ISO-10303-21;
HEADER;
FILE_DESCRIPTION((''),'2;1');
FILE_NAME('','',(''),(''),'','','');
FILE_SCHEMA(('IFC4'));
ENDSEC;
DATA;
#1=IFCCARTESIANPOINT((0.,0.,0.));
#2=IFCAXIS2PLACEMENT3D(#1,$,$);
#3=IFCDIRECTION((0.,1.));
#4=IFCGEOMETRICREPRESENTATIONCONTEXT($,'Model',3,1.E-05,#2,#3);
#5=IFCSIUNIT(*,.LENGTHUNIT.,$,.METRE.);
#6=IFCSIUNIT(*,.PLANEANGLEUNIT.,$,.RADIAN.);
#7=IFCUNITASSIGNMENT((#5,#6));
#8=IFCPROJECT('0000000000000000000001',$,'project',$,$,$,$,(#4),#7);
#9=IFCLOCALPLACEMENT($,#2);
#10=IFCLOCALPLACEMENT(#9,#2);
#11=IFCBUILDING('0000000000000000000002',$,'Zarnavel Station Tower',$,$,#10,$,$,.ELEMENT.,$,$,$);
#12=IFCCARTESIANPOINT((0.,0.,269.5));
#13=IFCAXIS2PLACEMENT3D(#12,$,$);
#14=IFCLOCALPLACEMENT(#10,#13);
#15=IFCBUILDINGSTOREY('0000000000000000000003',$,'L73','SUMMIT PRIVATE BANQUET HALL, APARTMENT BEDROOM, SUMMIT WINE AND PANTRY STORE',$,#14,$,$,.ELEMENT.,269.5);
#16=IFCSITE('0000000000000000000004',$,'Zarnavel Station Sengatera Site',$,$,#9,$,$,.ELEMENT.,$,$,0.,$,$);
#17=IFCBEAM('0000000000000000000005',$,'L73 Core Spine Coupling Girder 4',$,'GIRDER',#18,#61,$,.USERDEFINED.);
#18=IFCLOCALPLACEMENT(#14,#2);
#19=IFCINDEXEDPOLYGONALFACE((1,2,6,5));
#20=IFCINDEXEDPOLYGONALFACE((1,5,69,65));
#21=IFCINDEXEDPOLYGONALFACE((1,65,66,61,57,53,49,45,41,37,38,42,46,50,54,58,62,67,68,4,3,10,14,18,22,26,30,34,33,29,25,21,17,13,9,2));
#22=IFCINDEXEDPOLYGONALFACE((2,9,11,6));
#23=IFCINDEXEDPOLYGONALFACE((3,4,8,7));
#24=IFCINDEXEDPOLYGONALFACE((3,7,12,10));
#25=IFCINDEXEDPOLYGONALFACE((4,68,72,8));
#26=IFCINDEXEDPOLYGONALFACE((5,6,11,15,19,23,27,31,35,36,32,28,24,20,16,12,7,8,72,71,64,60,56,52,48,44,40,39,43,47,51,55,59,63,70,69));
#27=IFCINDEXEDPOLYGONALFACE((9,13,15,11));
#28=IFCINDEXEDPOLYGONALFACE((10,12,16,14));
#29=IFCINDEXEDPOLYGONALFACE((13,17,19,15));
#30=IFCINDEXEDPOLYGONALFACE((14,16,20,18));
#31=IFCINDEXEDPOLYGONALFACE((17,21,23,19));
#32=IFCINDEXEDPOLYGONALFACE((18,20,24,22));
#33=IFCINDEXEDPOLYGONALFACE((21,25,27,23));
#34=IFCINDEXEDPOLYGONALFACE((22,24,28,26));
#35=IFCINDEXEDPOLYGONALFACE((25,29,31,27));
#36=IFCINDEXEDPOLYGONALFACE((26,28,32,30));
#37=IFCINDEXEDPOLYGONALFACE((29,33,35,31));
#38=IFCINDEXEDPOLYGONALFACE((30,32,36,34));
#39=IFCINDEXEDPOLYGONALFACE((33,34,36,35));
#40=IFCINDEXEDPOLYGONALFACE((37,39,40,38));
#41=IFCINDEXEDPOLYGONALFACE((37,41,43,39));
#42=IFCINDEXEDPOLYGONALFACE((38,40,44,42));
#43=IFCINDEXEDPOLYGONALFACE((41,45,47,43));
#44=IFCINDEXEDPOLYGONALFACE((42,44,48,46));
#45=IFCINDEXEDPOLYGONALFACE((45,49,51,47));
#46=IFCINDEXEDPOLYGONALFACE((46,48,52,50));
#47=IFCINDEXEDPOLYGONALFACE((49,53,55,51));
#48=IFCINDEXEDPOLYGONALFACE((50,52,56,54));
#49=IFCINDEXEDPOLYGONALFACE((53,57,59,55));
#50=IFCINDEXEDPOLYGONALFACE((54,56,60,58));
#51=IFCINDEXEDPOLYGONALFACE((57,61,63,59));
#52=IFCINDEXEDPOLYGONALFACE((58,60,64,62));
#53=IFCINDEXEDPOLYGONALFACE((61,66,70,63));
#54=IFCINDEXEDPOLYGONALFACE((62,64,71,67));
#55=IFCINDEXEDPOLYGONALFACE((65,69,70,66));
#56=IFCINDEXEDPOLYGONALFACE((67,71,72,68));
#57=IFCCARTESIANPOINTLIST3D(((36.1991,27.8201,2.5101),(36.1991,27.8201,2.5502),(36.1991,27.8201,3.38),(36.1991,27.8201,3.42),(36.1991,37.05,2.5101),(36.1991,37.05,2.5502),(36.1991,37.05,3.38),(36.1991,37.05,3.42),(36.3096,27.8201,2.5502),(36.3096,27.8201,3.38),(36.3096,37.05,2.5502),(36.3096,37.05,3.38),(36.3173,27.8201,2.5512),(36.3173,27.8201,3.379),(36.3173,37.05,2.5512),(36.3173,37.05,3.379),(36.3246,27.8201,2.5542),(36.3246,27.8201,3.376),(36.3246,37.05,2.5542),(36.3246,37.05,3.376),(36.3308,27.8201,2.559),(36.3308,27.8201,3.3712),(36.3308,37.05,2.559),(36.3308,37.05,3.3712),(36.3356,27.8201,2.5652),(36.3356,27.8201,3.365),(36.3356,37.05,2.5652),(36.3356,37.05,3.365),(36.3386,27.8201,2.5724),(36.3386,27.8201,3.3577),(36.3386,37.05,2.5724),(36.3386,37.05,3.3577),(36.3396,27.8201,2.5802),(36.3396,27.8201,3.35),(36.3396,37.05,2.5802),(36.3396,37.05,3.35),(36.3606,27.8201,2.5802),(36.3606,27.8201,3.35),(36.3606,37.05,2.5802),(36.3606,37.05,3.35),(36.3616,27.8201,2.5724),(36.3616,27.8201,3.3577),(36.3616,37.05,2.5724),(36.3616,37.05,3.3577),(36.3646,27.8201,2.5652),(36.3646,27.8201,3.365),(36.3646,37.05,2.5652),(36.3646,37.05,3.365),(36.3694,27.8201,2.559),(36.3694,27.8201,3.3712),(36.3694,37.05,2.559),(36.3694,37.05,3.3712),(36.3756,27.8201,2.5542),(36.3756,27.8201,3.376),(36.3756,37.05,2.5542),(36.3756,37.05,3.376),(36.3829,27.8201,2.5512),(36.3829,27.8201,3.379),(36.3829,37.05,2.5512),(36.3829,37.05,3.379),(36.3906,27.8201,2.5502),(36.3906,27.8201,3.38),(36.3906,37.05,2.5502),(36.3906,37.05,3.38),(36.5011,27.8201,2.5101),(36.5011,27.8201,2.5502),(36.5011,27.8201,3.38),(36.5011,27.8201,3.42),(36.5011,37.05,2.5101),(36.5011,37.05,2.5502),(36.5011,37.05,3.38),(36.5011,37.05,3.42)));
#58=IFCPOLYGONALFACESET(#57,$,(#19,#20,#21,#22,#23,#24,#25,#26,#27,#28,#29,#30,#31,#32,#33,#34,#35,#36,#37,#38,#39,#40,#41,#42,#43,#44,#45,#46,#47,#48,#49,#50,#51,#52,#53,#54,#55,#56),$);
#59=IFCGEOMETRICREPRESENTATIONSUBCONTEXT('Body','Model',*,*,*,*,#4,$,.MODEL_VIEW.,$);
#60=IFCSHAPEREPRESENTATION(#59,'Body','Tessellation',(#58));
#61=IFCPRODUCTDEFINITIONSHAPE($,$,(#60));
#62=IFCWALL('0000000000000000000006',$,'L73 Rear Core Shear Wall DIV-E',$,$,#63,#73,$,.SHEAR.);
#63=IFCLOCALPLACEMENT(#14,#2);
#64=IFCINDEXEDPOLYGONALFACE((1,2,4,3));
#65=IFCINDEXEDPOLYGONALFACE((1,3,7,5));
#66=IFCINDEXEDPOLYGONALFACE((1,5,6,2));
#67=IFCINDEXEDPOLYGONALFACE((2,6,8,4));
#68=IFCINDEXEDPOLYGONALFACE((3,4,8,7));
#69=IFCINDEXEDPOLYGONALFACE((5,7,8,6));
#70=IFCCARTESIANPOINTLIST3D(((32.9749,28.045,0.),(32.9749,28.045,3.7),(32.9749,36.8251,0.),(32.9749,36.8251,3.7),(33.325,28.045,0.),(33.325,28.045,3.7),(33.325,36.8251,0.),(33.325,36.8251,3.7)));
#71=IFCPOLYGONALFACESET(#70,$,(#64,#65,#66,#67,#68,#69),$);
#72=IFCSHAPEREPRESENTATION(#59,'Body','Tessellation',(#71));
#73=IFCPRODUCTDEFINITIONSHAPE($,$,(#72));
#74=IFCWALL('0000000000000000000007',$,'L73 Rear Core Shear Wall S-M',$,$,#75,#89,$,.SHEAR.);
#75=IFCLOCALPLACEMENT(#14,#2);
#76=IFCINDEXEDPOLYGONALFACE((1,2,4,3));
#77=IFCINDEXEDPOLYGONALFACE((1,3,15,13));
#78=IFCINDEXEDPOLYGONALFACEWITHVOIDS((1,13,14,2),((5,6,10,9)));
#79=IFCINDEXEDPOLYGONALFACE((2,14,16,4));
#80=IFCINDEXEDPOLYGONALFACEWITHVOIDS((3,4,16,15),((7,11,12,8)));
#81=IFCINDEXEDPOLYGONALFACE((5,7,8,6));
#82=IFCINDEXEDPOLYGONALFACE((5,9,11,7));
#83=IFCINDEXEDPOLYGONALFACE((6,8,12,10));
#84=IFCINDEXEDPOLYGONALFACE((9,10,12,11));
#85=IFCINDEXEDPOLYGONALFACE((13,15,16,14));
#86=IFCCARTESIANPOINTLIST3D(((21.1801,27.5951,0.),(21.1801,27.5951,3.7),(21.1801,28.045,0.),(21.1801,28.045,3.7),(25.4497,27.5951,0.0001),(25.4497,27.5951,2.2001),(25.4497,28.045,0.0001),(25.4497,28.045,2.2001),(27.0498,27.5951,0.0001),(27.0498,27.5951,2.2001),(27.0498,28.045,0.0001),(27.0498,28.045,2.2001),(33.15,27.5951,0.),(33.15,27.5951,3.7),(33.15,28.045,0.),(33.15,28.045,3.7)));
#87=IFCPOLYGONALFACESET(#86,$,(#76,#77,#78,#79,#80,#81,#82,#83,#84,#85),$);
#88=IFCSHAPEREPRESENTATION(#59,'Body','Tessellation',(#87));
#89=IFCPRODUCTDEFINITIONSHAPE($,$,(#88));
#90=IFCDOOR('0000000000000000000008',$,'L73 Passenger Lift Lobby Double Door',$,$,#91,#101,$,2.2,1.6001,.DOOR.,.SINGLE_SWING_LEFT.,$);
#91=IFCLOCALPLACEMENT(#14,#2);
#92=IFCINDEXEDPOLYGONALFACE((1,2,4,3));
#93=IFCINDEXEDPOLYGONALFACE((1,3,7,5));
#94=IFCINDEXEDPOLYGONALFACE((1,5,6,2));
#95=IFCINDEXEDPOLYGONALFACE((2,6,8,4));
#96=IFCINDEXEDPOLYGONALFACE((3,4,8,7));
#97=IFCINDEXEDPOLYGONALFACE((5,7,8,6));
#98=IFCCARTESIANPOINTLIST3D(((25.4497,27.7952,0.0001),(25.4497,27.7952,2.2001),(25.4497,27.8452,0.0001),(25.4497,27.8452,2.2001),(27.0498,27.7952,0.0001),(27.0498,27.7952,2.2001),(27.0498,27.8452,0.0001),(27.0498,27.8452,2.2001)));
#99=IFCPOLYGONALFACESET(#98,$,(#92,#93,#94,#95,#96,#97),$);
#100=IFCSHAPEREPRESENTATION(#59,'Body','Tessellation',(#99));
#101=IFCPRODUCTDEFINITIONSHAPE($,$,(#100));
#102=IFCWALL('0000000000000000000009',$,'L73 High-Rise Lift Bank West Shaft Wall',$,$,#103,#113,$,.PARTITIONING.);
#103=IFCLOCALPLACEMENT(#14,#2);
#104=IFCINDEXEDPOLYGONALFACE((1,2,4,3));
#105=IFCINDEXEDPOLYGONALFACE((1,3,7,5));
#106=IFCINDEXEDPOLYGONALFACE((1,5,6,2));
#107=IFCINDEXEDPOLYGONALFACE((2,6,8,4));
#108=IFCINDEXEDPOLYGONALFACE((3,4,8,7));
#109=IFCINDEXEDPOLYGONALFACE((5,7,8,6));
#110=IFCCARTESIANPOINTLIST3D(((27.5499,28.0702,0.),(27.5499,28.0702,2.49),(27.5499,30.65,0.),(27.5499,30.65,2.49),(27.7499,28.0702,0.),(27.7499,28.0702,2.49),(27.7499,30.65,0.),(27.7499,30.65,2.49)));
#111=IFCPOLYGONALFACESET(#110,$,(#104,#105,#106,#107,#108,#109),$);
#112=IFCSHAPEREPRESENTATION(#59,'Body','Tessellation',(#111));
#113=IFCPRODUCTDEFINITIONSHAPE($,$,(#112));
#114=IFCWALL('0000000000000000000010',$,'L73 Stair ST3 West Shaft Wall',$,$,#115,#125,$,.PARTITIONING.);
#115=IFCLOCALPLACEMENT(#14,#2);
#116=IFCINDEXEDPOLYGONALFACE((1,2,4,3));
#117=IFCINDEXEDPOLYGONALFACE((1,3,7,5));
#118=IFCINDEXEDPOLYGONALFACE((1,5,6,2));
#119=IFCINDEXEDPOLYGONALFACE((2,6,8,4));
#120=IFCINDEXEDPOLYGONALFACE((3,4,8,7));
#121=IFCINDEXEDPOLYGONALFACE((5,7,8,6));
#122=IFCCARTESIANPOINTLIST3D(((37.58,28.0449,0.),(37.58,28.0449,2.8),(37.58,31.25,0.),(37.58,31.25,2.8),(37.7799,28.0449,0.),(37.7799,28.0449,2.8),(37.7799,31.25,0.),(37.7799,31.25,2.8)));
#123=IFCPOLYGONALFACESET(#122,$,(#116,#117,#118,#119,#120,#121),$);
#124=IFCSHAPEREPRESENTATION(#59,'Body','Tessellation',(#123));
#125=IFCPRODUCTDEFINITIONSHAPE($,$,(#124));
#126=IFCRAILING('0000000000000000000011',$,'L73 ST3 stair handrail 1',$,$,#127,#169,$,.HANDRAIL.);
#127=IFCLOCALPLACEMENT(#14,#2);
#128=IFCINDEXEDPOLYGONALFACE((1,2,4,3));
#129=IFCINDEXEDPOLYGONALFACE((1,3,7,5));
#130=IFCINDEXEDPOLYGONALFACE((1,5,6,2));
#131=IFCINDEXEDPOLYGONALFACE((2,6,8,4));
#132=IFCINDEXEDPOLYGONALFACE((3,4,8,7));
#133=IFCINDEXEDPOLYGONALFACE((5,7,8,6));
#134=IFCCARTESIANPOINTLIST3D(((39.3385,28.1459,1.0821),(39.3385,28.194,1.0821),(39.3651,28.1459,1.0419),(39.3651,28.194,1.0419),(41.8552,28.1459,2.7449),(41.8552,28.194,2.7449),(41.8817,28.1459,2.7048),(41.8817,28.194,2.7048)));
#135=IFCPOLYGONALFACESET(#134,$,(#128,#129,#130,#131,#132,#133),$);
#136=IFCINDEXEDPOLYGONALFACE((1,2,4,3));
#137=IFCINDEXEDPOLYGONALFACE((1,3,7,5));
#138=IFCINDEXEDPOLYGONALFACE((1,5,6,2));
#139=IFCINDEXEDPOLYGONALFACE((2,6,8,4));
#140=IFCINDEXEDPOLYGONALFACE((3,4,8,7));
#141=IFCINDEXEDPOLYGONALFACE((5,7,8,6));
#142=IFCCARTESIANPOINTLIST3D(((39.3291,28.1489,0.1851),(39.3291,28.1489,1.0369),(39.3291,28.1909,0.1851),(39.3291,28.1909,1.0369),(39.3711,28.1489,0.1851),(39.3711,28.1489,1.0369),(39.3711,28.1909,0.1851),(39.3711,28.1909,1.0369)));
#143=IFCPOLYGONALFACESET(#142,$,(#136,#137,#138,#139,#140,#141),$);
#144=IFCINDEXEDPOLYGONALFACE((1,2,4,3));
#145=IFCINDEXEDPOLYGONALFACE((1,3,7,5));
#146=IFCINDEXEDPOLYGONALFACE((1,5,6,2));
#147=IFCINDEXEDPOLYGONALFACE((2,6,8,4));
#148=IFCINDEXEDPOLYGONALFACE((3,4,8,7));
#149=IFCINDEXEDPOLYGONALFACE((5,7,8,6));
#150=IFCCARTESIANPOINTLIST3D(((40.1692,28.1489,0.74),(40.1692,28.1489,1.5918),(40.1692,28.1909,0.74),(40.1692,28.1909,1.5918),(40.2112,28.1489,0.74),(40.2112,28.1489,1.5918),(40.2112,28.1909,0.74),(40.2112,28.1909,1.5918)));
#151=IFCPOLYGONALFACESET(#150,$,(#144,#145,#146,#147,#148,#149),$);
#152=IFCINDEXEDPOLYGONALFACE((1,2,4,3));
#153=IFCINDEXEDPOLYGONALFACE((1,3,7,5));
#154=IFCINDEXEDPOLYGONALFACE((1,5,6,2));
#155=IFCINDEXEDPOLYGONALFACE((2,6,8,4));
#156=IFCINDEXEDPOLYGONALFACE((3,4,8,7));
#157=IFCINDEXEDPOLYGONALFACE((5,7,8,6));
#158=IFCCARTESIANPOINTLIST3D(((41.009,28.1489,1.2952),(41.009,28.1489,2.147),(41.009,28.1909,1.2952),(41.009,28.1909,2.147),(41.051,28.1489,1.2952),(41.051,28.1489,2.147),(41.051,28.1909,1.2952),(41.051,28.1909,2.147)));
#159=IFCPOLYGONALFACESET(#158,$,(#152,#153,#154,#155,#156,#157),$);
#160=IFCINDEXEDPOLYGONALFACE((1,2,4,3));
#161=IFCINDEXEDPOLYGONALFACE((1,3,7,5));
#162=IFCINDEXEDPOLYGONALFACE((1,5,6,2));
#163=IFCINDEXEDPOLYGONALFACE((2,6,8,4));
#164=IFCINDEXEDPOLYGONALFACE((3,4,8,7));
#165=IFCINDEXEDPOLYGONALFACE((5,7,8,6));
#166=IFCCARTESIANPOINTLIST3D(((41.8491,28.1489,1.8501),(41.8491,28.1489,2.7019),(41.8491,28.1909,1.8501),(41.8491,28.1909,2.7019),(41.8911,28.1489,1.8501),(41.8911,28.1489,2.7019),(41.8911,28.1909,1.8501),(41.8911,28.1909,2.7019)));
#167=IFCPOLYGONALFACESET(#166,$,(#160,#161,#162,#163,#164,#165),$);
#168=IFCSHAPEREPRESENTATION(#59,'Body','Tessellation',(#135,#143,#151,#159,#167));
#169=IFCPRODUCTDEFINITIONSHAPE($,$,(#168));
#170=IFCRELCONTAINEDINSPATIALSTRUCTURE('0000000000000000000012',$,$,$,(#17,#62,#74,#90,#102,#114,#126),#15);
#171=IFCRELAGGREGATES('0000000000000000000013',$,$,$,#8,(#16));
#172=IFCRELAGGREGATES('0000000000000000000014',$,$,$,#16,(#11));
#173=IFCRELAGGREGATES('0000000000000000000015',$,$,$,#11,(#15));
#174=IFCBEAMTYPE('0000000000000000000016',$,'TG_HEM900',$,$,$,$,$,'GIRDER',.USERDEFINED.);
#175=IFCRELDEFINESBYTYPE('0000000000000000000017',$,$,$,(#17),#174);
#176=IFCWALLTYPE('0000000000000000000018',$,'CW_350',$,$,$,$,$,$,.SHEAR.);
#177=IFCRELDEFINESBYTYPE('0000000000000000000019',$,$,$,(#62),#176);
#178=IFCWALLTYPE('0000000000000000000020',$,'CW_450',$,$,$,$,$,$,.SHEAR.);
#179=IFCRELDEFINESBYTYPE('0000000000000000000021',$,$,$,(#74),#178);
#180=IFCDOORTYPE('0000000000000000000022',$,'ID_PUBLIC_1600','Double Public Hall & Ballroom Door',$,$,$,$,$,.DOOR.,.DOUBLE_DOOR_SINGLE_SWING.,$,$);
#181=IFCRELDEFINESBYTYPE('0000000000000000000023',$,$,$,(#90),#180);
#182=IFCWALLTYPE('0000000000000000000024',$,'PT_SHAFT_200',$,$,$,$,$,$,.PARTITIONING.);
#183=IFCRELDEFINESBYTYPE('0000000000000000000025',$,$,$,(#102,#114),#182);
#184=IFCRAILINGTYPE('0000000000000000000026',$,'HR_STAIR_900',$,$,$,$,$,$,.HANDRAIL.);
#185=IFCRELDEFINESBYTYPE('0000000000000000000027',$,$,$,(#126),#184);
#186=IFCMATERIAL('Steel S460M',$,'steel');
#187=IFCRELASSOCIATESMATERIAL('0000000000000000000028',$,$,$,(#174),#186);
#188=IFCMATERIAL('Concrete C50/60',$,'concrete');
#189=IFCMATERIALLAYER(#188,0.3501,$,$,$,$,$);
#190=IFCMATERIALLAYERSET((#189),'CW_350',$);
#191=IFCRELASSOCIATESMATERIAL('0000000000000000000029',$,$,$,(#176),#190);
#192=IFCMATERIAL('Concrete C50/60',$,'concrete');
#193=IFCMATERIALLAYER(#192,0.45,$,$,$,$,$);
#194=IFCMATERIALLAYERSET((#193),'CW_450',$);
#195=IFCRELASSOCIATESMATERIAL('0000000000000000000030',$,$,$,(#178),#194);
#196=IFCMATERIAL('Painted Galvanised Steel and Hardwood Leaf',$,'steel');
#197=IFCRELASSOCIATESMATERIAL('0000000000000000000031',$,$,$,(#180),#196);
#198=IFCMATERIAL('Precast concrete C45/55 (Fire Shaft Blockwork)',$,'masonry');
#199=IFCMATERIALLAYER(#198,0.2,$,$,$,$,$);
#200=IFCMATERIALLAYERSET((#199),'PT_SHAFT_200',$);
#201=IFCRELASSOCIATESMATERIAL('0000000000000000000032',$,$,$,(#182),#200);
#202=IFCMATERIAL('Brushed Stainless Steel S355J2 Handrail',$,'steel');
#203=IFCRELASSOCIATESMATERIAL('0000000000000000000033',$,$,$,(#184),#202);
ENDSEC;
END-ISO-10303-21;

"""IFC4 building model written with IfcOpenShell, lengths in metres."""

from ifc_helpers import new_model, si_unit, direction, frame, frame_2d, origin, origin_2d, place, context, subcontext, project, spatial, rectangle, i_section, extrude, material, layer, layer_set, material_profile, profile_set, type_object, element, fill, save


model = new_model("IFC4")

# Units and contexts
model_context = context("Model", 3, precision=1e-05, world=origin(), true_north=direction((0.0, 1.0)))
body_context = subcontext(model_context, "Body", "Model", "MODEL_VIEW")
ifc_project = project(units=[si_unit("LENGTHUNIT", "METRE"), si_unit("PLANEANGLEUNIT", "RADIAN")], contexts=[model_context])

# Site, building, storey
site_placement = place(None, origin())
site = spatial("IfcSite", under=ifc_project, at=site_placement, Name="Zarnavel Station Sengatera Site", CompositionType="ELEMENT", RefElevation=0.0)
building_placement = place(site_placement, origin())
building = spatial("IfcBuilding", under=site, at=building_placement, Name="Zarnavel Station Tower", CompositionType="ELEMENT")
storey_placement = place(building_placement, frame((0.0, 0.0, 269.5)))
storey = spatial("IfcBuildingStorey", under=building, at=storey_placement, Name="L73", Description="SUMMIT PRIVATE BANQUET HALL, APARTMENT BEDROOM, SUMMIT WINE AND PANTRY STORE", CompositionType="ELEMENT", Elevation=269.5)

# Beam
ifc_material_1 = material(Name="Steel S460M", Category="steel")
ifc_material_profile_1 = material_profile(ifc_material_1, i_section(OverallWidth=0.302, OverallDepth=0.9099, WebThickness=0.021, FlangeThickness=0.04, FilletRadius=0.03, at=origin_2d()), Name="HEM900")
ifc_profile_set_1 = profile_set([ifc_material_profile_1], Name="Steel S460M")
beam_type_1 = type_object("IfcBeamType", Name="TG_HEM900", ElementType="GIRDER", PredefinedType="USERDEFINED", material=ifc_profile_set_1)
for number, where, z_axis, x_axis, name in (
    (1, (36.3501, 27.8201, 2.9651), (0.0, 1.0, 0.0), (-1.0, 0.0, 0.0), "L73 Core Spine Coupling Girder 4"),
):
    element("IfcBeam", number, at=place(storey_placement, frame(where, z_axis=z_axis, x_axis=x_axis)), inside=storey, type_object=beam_type_1, Name=name, ObjectType="GIRDER", PredefinedType="USERDEFINED", context=body_context, shape_type="SweptSolid", body=[
        extrude(i_section(OverallWidth=0.302, OverallDepth=0.9099, WebThickness=0.021, FlangeThickness=0.04, FilletRadius=0.03, at=origin_2d()), origin(), (0.0, 0.0, 1.0), 9.23),
    ])

# Wall
ifc_material_2 = material(Name="Concrete C50/60", Category="concrete")
ifc_layer_1 = layer(ifc_material_2, 0.3501)
ifc_layer_set_1 = layer_set([ifc_layer_1], Name="CW_350")
wall_type_1 = type_object("IfcWallType", Name="CW_350", PredefinedType="SHEAR", material=ifc_layer_set_1)
wall_1_placement = place(storey_placement, frame((33.1499, 28.0449, 0.0), z_axis=(0.0, 0.0, 1.0), x_axis=(0.0, 1.0, 0.0)))
element("IfcWall", 2, at=wall_1_placement, inside=storey, type_object=wall_type_1, Name="L73 Rear Core Shear Wall DIV-E", PredefinedType="SHEAR", context=body_context, shape_type="SweptSolid", body=[
    extrude(rectangle(XDim=8.78, YDim=0.3501, at=frame_2d((4.3901, 0.0))), origin(), (0.0, 0.0, 1.0), 3.7),
])

# Wall, opening, door
ifc_material_3 = material(Name="Concrete C50/60", Category="concrete")
ifc_layer_2 = layer(ifc_material_3, 0.45)
ifc_layer_set_2 = layer_set([ifc_layer_2], Name="CW_450")
wall_type_2 = type_object("IfcWallType", Name="CW_450", PredefinedType="SHEAR", material=ifc_layer_set_2)
wall_2_placement = place(storey_placement, frame((33.1499, 27.8201, 0.0), z_axis=(0.0, 0.0, 1.0), x_axis=(-1.0, 0.0, 0.0)))
wall_2 = element("IfcWall", 3, at=wall_2_placement, inside=storey, type_object=wall_type_2, Name="L73 Rear Core Shear Wall S-M", PredefinedType="SHEAR", context=body_context, shape_type="SweptSolid", body=[
    extrude(rectangle(XDim=11.97, YDim=0.45, at=frame_2d((5.9849, 0.0))), origin(), (0.0, 0.0, 1.0), 3.7),
])
opening_1_placement = place(wall_2_placement, frame((6.1001, 0.0, 0.0)))
opening_1 = element("IfcOpeningElement", 4, at=opening_1_placement, cuts=wall_2, PredefinedType="OPENING", context=body_context, shape_type="SweptSolid", body=[
    extrude(rectangle(XDim=1.6001, YDim=2.2, at=frame_2d((0.8, 1.1001))), frame((0.0, 0.2349, 0.0), z_axis=(0.0, -1.0, 0.0), x_axis=(1.0, 0.0, 0.0)), (0.0, 0.0, 1.0), 0.47),
])
ifc_material_4 = material(Name="Painted Galvanised Steel and Hardwood Leaf", Category="steel")
door_type_1 = type_object("IfcDoorType", Name="ID_PUBLIC_1600", Description="Double Public Hall & Ballroom Door", OperationType="DOUBLE_DOOR_SINGLE_SWING", PredefinedType="DOOR", material=ifc_material_4)
door_1_placement = place(opening_1_placement, origin())
door_1 = element("IfcDoor", 5, at=door_1_placement, inside=storey, type_object=door_type_1, Name="L73 Passenger Lift Lobby Double Door", OperationType="SINGLE_SWING_LEFT", OverallHeight=2.2, OverallWidth=1.6001, PredefinedType="DOOR", context=body_context, shape_type="SweptSolid", body=[
    extrude(rectangle(XDim=1.6001, YDim=2.2, at=frame_2d((0.8, 1.1001))), frame((0.0, 0.0249, 0.0), z_axis=(0.0, -1.0, 0.0), x_axis=(1.0, 0.0, 0.0)), (0.0, 0.0, 1.0), 0.05),
])
fill(opening_1, door_1)

# Walls
ifc_material_5 = material(Name="Precast concrete C45/55 (Fire Shaft Blockwork)", Category="masonry")
ifc_layer_3 = layer(ifc_material_5, 0.2)
ifc_layer_set_3 = layer_set([ifc_layer_3], Name="PT_SHAFT_200")
wall_type_3 = type_object("IfcWallType", Name="PT_SHAFT_200", PredefinedType="PARTITIONING", material=ifc_layer_set_3)
wall_3_placement = place(storey_placement, frame((27.6499, 28.0701, 0.0), z_axis=(0.0, 0.0, 1.0), x_axis=(0.0, 1.0, 0.0)))
element("IfcWall", 6, at=wall_3_placement, inside=storey, type_object=wall_type_3, Name="L73 High-Rise Lift Bank West Shaft Wall", PredefinedType="PARTITIONING", context=body_context, shape_type="SweptSolid", body=[
    extrude(rectangle(XDim=2.5798, YDim=0.2, at=frame_2d((1.29, 0.0))), origin(), (0.0, 0.0, 1.0), 2.49),
])
wall_4_placement = place(storey_placement, frame((37.6799, 28.0449, 0.0), z_axis=(0.0, 0.0, 1.0), x_axis=(0.0, 1.0, 0.0)))
element("IfcWall", 7, at=wall_4_placement, inside=storey, type_object=wall_type_3, Name="L73 Stair ST3 West Shaft Wall", PredefinedType="PARTITIONING", context=body_context, shape_type="SweptSolid", body=[
    extrude(rectangle(XDim=3.2051, YDim=0.2, at=frame_2d((1.6025, 0.0))), origin(), (0.0, 0.0, 1.0), 2.8),
])

# Railing
ifc_material_6 = material(Name="Brushed Stainless Steel S355J2 Handrail", Category="steel")
railing_type = type_object("IfcRailingType", Name="HR_STAIR_900", PredefinedType="HANDRAIL", material=ifc_material_6)
railing_placement = place(storey_placement, frame((39.3501, 28.1699, 0.1851)))
element("IfcRailing", 8, at=railing_placement, inside=storey, type_object=railing_type, Name="L73 ST3 stair handrail 1", PredefinedType="HANDRAIL", context=body_context, shape_type="SweptSolid", body=[
    extrude(rectangle(XDim=0.0481, YDim=0.0481, at=origin_2d()), frame((0.0017, 0.0, 0.877), z_axis=(0.834331, 0.0, 0.551263), x_axis=(0.0, 1.0, 0.0)), (0.0, 0.0, 1.0), 3.0164),
    extrude(rectangle(XDim=0.042, YDim=0.042, at=origin_2d()), origin(), (0.0, 0.0, 1.0), 0.8518),
    extrude(rectangle(XDim=0.042, YDim=0.042, at=origin_2d()), frame((0.8401, 0.0, 0.5549)), (0.0, 0.0, 1.0), 0.8518),
    extrude(rectangle(XDim=0.042, YDim=0.042, at=origin_2d()), frame((1.6799, 0.0, 1.1101)), (0.0, 0.0, 1.0), 0.8518),
    extrude(rectangle(XDim=0.042, YDim=0.042, at=origin_2d()), frame((2.52, 0.0, 1.665)), (0.0, 0.0, 1.0), 0.8518),
])

save(model, "model.ifc")
